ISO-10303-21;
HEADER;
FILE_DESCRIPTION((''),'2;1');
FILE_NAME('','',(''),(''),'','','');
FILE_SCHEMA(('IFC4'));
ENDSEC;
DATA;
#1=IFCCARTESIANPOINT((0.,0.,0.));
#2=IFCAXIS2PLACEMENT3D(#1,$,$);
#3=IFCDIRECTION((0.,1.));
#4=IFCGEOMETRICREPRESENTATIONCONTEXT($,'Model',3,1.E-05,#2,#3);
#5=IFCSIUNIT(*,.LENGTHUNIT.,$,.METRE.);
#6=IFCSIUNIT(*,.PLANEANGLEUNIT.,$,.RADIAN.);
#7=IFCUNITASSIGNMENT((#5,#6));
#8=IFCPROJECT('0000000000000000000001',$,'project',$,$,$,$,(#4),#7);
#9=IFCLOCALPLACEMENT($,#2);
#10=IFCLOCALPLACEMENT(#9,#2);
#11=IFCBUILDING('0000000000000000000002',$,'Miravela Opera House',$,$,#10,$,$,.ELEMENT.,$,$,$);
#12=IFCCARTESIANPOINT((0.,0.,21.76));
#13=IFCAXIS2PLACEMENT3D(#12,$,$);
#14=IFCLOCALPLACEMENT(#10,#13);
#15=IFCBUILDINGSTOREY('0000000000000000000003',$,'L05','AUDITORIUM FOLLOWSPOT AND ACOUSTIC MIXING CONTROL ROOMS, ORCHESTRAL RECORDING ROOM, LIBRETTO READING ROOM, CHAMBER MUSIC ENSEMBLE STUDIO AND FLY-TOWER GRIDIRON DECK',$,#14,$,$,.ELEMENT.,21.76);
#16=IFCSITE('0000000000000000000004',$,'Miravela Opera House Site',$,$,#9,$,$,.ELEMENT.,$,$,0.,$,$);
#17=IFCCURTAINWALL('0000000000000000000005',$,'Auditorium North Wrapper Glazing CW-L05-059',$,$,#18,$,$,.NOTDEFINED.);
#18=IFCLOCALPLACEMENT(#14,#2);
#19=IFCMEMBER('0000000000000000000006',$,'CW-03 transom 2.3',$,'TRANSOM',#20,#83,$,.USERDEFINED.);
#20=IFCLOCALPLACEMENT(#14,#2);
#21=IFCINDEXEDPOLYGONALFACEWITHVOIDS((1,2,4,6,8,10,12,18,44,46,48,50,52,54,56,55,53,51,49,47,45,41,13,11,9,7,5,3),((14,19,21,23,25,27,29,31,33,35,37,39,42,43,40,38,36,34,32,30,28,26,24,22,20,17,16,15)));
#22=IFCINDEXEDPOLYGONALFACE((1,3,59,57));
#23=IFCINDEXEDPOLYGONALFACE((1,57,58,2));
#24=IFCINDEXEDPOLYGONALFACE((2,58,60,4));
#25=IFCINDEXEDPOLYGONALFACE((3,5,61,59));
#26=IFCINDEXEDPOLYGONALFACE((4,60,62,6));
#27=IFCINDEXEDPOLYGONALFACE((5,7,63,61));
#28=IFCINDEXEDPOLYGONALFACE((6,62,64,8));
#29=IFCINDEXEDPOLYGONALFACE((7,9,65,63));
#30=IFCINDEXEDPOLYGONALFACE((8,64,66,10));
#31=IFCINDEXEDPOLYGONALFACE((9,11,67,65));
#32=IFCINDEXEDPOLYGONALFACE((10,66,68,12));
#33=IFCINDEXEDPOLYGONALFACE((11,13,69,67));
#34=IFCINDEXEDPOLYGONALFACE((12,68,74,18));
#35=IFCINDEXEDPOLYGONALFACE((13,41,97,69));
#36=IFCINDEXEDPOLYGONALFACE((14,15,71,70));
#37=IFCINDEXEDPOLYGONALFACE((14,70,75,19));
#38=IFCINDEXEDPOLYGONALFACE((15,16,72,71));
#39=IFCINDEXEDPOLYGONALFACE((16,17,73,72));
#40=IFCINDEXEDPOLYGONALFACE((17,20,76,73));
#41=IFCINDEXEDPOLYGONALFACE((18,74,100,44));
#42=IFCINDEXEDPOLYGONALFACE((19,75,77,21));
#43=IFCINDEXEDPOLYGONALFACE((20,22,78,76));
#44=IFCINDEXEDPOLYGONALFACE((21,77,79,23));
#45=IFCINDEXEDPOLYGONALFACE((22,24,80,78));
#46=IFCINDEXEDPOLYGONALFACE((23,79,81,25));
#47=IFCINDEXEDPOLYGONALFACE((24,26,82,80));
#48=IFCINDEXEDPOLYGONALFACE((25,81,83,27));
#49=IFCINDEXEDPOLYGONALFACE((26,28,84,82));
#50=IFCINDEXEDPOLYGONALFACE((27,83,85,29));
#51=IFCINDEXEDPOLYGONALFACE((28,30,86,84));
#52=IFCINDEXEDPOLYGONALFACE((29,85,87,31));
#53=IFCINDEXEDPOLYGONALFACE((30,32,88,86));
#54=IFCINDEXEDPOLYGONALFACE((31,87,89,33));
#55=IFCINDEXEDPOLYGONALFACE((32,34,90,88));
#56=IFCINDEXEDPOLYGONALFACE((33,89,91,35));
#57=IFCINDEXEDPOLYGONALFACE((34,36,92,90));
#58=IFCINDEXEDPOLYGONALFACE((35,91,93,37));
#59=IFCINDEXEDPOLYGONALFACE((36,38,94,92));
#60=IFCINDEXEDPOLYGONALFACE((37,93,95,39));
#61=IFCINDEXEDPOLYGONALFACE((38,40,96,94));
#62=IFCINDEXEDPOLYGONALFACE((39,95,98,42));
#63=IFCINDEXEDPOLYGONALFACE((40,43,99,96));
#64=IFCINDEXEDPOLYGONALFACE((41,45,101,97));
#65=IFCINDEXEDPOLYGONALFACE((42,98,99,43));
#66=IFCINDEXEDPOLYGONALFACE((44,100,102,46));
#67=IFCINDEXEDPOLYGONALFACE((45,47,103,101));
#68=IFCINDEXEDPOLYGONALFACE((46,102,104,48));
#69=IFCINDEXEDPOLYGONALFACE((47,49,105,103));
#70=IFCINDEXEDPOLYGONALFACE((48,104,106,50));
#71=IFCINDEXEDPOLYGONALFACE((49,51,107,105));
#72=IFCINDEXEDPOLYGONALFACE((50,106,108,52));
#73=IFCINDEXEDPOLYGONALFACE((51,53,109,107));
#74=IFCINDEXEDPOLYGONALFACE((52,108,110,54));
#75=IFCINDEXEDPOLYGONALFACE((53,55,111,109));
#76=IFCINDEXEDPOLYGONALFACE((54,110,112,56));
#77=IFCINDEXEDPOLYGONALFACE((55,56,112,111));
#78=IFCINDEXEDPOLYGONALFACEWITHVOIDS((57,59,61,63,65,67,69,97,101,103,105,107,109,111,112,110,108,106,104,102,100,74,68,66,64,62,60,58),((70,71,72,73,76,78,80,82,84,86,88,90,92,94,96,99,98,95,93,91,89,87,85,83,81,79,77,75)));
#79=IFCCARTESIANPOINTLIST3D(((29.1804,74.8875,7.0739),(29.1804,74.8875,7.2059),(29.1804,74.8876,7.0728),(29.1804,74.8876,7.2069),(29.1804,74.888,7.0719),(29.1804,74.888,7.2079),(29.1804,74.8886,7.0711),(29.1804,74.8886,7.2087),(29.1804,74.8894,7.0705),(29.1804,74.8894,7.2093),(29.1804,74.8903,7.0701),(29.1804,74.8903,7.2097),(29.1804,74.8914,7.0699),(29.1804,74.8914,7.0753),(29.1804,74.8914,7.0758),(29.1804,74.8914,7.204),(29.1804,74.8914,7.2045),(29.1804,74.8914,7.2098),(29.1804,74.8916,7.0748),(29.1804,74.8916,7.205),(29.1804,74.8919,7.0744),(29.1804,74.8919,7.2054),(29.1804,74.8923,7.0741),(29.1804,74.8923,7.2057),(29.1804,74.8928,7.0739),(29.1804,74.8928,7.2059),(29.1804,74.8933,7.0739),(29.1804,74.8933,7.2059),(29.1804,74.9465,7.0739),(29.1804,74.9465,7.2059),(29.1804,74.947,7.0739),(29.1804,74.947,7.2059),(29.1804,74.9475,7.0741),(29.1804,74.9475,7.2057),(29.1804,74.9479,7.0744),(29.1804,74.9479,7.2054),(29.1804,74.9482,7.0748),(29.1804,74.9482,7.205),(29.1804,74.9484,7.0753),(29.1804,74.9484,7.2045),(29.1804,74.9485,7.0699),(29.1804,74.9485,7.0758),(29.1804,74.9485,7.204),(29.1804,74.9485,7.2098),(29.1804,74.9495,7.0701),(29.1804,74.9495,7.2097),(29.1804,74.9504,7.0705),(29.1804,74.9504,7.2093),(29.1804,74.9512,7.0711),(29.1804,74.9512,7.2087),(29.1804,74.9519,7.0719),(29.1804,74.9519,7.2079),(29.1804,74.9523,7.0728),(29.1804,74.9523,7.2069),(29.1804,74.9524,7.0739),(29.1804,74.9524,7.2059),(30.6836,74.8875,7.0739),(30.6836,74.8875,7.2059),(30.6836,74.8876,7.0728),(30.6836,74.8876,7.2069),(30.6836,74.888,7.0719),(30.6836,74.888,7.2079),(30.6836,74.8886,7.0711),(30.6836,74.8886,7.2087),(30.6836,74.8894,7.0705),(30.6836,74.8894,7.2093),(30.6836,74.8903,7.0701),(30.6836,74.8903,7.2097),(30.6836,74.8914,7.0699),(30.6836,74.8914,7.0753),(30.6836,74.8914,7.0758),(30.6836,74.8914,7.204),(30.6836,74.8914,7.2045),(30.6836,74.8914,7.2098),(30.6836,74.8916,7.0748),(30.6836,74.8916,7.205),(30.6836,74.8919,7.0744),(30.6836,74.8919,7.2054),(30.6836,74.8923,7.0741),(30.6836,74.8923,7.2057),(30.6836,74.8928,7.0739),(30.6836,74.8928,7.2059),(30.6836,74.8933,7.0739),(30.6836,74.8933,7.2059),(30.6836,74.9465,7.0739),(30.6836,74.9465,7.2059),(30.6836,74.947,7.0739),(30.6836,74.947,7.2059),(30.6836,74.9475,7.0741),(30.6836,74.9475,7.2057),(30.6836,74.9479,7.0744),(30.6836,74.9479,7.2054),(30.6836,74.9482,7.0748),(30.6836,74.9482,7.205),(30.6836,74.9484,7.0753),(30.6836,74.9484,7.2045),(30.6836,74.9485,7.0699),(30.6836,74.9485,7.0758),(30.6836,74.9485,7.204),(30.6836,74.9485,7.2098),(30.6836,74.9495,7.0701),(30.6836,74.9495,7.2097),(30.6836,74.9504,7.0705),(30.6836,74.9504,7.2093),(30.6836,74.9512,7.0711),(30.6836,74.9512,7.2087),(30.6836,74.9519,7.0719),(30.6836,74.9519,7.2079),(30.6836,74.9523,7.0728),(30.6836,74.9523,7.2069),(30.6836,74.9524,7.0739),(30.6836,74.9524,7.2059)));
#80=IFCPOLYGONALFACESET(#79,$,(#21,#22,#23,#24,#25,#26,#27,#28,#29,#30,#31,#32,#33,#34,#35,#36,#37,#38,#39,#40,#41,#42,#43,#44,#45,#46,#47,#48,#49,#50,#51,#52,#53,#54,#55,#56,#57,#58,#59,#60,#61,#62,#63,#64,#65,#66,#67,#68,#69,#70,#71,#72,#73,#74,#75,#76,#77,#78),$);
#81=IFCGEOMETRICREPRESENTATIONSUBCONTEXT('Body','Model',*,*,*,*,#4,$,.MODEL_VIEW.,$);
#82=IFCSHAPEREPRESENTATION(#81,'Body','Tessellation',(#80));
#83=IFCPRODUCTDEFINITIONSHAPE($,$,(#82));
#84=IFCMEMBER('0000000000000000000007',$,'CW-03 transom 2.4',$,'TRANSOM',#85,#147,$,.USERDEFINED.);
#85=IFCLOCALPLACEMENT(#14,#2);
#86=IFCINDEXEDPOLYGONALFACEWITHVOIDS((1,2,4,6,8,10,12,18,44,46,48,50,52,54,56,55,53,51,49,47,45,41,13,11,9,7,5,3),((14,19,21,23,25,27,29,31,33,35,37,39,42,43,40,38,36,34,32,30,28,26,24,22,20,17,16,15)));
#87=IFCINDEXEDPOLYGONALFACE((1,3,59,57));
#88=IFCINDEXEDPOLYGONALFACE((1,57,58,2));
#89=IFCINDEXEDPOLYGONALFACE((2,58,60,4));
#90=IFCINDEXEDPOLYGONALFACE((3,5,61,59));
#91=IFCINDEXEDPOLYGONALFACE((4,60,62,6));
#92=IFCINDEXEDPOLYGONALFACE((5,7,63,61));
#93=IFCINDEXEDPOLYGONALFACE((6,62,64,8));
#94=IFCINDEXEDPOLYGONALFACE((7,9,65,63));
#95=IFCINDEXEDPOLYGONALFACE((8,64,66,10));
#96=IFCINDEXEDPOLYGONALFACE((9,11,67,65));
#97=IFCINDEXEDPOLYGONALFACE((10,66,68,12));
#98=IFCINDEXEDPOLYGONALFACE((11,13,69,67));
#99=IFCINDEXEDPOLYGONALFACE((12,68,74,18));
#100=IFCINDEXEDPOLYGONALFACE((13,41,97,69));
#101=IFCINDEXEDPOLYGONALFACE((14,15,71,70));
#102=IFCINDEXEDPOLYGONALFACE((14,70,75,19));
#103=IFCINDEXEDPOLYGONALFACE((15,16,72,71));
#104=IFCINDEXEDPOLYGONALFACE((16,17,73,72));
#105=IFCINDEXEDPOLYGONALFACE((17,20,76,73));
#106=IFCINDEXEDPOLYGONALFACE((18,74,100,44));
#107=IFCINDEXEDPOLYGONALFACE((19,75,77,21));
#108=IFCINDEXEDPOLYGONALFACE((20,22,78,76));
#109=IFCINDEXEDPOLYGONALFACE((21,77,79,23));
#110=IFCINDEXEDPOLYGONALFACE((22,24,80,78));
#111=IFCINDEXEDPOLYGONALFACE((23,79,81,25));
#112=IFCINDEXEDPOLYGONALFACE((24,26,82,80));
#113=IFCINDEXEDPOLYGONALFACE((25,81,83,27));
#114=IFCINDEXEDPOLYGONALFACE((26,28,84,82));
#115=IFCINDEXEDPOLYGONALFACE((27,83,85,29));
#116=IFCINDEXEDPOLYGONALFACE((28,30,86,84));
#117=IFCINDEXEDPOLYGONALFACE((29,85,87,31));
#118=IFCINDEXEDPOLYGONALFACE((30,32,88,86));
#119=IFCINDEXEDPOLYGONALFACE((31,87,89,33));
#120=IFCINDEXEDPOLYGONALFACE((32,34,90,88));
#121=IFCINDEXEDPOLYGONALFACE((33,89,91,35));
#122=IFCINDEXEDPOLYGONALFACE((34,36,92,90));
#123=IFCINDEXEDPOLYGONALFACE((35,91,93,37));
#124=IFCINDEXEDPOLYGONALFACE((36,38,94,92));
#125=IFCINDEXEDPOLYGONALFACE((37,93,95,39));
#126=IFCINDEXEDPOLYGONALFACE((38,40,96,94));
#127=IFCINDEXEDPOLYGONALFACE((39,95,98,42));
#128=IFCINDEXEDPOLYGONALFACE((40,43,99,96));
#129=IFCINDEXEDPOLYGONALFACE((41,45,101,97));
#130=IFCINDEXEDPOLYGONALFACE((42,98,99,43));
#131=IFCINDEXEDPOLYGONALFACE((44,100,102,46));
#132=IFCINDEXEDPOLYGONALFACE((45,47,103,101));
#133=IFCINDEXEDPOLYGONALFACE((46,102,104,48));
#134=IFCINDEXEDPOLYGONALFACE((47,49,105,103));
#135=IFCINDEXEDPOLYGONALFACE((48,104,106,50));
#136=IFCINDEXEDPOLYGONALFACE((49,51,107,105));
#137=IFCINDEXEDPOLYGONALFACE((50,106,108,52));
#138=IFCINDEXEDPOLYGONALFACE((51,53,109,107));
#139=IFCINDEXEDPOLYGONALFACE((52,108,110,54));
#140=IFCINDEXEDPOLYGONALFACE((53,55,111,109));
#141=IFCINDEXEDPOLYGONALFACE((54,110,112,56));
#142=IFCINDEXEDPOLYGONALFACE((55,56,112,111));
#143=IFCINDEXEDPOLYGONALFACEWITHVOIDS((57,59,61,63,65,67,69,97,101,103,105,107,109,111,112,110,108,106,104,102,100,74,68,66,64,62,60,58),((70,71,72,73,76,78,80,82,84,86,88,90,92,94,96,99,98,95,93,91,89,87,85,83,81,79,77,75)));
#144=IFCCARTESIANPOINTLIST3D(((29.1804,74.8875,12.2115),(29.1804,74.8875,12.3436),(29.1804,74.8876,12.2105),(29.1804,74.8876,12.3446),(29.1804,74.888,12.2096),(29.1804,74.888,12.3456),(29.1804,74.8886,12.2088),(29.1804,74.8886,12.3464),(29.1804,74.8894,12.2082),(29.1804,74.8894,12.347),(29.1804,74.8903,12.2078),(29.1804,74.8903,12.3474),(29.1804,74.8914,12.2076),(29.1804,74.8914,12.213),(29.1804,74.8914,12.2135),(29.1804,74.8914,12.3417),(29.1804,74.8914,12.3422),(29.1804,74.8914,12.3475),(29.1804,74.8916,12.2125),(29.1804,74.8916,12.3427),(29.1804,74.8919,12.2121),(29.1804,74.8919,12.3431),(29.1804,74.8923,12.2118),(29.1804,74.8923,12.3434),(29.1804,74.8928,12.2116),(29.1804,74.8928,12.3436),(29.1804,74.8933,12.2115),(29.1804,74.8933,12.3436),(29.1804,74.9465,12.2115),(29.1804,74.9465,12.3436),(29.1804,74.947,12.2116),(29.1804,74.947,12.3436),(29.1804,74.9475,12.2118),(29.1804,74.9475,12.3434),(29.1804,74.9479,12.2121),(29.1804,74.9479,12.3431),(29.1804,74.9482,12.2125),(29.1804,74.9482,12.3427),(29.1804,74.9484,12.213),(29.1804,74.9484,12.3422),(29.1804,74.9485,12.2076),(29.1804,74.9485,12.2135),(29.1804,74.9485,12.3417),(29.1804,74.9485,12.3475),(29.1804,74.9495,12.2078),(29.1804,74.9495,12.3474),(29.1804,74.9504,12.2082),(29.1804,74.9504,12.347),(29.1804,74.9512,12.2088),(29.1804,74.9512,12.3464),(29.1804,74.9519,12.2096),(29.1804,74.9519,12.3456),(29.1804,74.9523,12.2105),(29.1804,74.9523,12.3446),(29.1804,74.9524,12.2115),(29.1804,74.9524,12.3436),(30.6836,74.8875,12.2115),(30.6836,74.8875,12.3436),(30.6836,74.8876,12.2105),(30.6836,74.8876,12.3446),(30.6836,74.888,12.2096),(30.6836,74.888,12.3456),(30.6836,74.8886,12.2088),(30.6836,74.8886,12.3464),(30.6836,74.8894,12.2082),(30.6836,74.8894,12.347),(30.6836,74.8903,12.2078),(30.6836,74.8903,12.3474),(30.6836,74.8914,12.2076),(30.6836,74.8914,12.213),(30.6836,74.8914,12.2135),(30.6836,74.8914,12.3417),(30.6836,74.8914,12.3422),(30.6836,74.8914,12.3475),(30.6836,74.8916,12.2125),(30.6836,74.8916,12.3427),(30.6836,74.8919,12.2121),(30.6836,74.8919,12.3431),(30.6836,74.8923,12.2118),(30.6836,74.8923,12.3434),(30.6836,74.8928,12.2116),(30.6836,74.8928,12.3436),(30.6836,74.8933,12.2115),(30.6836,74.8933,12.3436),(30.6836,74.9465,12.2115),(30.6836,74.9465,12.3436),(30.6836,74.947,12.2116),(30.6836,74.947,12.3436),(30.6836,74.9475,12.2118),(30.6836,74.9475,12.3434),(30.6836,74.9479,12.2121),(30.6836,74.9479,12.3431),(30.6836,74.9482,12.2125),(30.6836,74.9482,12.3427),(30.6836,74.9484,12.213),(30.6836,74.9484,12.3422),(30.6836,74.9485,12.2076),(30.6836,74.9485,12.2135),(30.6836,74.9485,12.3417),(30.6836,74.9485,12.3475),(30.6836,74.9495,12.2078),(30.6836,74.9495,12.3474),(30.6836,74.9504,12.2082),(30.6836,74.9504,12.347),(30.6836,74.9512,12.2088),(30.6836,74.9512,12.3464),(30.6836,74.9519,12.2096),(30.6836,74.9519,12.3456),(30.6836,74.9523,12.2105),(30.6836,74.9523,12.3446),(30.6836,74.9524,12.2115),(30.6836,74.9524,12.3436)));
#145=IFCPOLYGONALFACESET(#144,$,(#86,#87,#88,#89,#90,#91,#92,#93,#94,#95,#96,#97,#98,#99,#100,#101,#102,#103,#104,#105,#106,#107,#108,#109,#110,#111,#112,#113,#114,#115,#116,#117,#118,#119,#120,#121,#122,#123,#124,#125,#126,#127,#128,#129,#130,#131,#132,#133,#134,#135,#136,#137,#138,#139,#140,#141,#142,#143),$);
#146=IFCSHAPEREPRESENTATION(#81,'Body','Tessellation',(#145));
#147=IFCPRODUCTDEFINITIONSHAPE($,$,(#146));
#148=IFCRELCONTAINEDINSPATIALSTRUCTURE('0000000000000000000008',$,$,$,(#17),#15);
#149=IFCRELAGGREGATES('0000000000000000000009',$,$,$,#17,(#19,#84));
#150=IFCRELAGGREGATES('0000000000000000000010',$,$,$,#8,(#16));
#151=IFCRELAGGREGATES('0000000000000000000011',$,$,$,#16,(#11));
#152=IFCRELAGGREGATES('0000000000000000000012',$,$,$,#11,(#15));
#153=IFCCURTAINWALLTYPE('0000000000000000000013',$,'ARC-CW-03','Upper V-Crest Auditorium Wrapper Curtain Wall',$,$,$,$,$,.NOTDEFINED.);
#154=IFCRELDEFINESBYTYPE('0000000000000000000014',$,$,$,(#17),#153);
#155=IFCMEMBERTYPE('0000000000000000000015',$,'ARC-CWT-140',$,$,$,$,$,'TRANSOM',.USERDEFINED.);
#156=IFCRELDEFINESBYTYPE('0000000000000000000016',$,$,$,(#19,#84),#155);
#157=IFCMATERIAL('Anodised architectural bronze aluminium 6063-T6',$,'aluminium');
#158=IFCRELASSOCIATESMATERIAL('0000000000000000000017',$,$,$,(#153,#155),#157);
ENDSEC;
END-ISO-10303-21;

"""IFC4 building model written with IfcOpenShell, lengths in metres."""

from ifc_helpers import new_model, si_unit, direction, frame, origin, origin_2d, place, context, subcontext, project, spatial, hollow_rectangle, extrude, material, material_profile, profile_set, type_object, element, aggregate, save


model = new_model("IFC4")

# Units and contexts
model_context = context("Model", 3, precision=1e-05, world=origin(), true_north=direction((0.0, 1.0)))
body_context = subcontext(model_context, "Body", "Model", "MODEL_VIEW")
ifc_project = project(units=[si_unit("LENGTHUNIT", "METRE"), si_unit("PLANEANGLEUNIT", "RADIAN")], contexts=[model_context])

# Site, building, storey
site_placement = place(None, origin())
site = spatial("IfcSite", under=ifc_project, at=site_placement, Name="Miravela Opera House Site", CompositionType="ELEMENT", RefElevation=0.0)
building_placement = place(site_placement, origin())
building = spatial("IfcBuilding", under=site, at=building_placement, Name="Miravela Opera House", CompositionType="ELEMENT")
storey_placement = place(building_placement, frame((0.0, 0.0, 21.76)))
storey = spatial("IfcBuildingStorey", under=building, at=storey_placement, Name="L05", Description="AUDITORIUM FOLLOWSPOT AND ACOUSTIC MIXING CONTROL ROOMS, ORCHESTRAL RECORDING ROOM, LIBRETTO READING ROOM, CHAMBER MUSIC ENSEMBLE STUDIO AND FLY-TOWER GRIDIRON DECK", CompositionType="ELEMENT", Elevation=21.76)

# Curtain wall, members
ifc_material_1 = material(Name="Anodised architectural bronze aluminium 6063-T6", Category="aluminium")
curtain_wall_type = type_object("IfcCurtainWallType", Name="ARC-CW-03", Description="Upper V-Crest Auditorium Wrapper Curtain Wall", PredefinedType="NOTDEFINED", material=ifc_material_1)
curtain_wall_placement = place(storey_placement, origin())
curtain_wall = element("IfcCurtainWall", 1, at=curtain_wall_placement, inside=storey, type_object=curtain_wall_type, Name="Auditorium North Wrapper Glazing CW-L05-059", PredefinedType="NOTDEFINED")
ifc_material_profile = material_profile(ifc_material_1, hollow_rectangle(XDim=0.0649, YDim=0.1399, WallThickness=0.0039, InnerFilletRadius=0.002, OuterFilletRadius=0.0039, at=origin_2d()), Name="CWT-65X140")
ifc_profile_set = profile_set([ifc_material_profile])
member_type = type_object("IfcMemberType", Name="ARC-CWT-140", ElementType="TRANSOM", PredefinedType="USERDEFINED", material=ifc_profile_set)
member_1_placement = place(storey_placement, frame((29.1804, 74.9199, 7.1399), z_axis=(1.0, 0.0, 0.0), x_axis=(0.0, 1.0, 0.0)))
member_1 = element("IfcMember", 2, at=member_1_placement, type_object=member_type, Name="CW-03 transom 2.3", ObjectType="TRANSOM", PredefinedType="USERDEFINED", context=body_context, shape_type="SweptSolid", body=[
    extrude(hollow_rectangle(XDim=0.0649, YDim=0.1399, WallThickness=0.0039, InnerFilletRadius=0.002, OuterFilletRadius=0.0039, at=origin_2d()), origin(), (0.0, 0.0, 1.0), 1.5032),
])
member_2_placement = place(storey_placement, frame((29.1804, 74.9199, 12.2776), z_axis=(1.0, 0.0, 0.0), x_axis=(0.0, 1.0, 0.0)))
member_2 = element("IfcMember", 3, at=member_2_placement, type_object=member_type, Name="CW-03 transom 2.4", ObjectType="TRANSOM", PredefinedType="USERDEFINED", context=body_context, shape_type="SweptSolid", body=[
    extrude(hollow_rectangle(XDim=0.0649, YDim=0.1399, WallThickness=0.0039, InnerFilletRadius=0.002, OuterFilletRadius=0.0039, at=origin_2d()), origin(), (0.0, 0.0, 1.0), 1.5032),
])
aggregate(curtain_wall, [member_1, member_2])

save(model, "model.ifc")
